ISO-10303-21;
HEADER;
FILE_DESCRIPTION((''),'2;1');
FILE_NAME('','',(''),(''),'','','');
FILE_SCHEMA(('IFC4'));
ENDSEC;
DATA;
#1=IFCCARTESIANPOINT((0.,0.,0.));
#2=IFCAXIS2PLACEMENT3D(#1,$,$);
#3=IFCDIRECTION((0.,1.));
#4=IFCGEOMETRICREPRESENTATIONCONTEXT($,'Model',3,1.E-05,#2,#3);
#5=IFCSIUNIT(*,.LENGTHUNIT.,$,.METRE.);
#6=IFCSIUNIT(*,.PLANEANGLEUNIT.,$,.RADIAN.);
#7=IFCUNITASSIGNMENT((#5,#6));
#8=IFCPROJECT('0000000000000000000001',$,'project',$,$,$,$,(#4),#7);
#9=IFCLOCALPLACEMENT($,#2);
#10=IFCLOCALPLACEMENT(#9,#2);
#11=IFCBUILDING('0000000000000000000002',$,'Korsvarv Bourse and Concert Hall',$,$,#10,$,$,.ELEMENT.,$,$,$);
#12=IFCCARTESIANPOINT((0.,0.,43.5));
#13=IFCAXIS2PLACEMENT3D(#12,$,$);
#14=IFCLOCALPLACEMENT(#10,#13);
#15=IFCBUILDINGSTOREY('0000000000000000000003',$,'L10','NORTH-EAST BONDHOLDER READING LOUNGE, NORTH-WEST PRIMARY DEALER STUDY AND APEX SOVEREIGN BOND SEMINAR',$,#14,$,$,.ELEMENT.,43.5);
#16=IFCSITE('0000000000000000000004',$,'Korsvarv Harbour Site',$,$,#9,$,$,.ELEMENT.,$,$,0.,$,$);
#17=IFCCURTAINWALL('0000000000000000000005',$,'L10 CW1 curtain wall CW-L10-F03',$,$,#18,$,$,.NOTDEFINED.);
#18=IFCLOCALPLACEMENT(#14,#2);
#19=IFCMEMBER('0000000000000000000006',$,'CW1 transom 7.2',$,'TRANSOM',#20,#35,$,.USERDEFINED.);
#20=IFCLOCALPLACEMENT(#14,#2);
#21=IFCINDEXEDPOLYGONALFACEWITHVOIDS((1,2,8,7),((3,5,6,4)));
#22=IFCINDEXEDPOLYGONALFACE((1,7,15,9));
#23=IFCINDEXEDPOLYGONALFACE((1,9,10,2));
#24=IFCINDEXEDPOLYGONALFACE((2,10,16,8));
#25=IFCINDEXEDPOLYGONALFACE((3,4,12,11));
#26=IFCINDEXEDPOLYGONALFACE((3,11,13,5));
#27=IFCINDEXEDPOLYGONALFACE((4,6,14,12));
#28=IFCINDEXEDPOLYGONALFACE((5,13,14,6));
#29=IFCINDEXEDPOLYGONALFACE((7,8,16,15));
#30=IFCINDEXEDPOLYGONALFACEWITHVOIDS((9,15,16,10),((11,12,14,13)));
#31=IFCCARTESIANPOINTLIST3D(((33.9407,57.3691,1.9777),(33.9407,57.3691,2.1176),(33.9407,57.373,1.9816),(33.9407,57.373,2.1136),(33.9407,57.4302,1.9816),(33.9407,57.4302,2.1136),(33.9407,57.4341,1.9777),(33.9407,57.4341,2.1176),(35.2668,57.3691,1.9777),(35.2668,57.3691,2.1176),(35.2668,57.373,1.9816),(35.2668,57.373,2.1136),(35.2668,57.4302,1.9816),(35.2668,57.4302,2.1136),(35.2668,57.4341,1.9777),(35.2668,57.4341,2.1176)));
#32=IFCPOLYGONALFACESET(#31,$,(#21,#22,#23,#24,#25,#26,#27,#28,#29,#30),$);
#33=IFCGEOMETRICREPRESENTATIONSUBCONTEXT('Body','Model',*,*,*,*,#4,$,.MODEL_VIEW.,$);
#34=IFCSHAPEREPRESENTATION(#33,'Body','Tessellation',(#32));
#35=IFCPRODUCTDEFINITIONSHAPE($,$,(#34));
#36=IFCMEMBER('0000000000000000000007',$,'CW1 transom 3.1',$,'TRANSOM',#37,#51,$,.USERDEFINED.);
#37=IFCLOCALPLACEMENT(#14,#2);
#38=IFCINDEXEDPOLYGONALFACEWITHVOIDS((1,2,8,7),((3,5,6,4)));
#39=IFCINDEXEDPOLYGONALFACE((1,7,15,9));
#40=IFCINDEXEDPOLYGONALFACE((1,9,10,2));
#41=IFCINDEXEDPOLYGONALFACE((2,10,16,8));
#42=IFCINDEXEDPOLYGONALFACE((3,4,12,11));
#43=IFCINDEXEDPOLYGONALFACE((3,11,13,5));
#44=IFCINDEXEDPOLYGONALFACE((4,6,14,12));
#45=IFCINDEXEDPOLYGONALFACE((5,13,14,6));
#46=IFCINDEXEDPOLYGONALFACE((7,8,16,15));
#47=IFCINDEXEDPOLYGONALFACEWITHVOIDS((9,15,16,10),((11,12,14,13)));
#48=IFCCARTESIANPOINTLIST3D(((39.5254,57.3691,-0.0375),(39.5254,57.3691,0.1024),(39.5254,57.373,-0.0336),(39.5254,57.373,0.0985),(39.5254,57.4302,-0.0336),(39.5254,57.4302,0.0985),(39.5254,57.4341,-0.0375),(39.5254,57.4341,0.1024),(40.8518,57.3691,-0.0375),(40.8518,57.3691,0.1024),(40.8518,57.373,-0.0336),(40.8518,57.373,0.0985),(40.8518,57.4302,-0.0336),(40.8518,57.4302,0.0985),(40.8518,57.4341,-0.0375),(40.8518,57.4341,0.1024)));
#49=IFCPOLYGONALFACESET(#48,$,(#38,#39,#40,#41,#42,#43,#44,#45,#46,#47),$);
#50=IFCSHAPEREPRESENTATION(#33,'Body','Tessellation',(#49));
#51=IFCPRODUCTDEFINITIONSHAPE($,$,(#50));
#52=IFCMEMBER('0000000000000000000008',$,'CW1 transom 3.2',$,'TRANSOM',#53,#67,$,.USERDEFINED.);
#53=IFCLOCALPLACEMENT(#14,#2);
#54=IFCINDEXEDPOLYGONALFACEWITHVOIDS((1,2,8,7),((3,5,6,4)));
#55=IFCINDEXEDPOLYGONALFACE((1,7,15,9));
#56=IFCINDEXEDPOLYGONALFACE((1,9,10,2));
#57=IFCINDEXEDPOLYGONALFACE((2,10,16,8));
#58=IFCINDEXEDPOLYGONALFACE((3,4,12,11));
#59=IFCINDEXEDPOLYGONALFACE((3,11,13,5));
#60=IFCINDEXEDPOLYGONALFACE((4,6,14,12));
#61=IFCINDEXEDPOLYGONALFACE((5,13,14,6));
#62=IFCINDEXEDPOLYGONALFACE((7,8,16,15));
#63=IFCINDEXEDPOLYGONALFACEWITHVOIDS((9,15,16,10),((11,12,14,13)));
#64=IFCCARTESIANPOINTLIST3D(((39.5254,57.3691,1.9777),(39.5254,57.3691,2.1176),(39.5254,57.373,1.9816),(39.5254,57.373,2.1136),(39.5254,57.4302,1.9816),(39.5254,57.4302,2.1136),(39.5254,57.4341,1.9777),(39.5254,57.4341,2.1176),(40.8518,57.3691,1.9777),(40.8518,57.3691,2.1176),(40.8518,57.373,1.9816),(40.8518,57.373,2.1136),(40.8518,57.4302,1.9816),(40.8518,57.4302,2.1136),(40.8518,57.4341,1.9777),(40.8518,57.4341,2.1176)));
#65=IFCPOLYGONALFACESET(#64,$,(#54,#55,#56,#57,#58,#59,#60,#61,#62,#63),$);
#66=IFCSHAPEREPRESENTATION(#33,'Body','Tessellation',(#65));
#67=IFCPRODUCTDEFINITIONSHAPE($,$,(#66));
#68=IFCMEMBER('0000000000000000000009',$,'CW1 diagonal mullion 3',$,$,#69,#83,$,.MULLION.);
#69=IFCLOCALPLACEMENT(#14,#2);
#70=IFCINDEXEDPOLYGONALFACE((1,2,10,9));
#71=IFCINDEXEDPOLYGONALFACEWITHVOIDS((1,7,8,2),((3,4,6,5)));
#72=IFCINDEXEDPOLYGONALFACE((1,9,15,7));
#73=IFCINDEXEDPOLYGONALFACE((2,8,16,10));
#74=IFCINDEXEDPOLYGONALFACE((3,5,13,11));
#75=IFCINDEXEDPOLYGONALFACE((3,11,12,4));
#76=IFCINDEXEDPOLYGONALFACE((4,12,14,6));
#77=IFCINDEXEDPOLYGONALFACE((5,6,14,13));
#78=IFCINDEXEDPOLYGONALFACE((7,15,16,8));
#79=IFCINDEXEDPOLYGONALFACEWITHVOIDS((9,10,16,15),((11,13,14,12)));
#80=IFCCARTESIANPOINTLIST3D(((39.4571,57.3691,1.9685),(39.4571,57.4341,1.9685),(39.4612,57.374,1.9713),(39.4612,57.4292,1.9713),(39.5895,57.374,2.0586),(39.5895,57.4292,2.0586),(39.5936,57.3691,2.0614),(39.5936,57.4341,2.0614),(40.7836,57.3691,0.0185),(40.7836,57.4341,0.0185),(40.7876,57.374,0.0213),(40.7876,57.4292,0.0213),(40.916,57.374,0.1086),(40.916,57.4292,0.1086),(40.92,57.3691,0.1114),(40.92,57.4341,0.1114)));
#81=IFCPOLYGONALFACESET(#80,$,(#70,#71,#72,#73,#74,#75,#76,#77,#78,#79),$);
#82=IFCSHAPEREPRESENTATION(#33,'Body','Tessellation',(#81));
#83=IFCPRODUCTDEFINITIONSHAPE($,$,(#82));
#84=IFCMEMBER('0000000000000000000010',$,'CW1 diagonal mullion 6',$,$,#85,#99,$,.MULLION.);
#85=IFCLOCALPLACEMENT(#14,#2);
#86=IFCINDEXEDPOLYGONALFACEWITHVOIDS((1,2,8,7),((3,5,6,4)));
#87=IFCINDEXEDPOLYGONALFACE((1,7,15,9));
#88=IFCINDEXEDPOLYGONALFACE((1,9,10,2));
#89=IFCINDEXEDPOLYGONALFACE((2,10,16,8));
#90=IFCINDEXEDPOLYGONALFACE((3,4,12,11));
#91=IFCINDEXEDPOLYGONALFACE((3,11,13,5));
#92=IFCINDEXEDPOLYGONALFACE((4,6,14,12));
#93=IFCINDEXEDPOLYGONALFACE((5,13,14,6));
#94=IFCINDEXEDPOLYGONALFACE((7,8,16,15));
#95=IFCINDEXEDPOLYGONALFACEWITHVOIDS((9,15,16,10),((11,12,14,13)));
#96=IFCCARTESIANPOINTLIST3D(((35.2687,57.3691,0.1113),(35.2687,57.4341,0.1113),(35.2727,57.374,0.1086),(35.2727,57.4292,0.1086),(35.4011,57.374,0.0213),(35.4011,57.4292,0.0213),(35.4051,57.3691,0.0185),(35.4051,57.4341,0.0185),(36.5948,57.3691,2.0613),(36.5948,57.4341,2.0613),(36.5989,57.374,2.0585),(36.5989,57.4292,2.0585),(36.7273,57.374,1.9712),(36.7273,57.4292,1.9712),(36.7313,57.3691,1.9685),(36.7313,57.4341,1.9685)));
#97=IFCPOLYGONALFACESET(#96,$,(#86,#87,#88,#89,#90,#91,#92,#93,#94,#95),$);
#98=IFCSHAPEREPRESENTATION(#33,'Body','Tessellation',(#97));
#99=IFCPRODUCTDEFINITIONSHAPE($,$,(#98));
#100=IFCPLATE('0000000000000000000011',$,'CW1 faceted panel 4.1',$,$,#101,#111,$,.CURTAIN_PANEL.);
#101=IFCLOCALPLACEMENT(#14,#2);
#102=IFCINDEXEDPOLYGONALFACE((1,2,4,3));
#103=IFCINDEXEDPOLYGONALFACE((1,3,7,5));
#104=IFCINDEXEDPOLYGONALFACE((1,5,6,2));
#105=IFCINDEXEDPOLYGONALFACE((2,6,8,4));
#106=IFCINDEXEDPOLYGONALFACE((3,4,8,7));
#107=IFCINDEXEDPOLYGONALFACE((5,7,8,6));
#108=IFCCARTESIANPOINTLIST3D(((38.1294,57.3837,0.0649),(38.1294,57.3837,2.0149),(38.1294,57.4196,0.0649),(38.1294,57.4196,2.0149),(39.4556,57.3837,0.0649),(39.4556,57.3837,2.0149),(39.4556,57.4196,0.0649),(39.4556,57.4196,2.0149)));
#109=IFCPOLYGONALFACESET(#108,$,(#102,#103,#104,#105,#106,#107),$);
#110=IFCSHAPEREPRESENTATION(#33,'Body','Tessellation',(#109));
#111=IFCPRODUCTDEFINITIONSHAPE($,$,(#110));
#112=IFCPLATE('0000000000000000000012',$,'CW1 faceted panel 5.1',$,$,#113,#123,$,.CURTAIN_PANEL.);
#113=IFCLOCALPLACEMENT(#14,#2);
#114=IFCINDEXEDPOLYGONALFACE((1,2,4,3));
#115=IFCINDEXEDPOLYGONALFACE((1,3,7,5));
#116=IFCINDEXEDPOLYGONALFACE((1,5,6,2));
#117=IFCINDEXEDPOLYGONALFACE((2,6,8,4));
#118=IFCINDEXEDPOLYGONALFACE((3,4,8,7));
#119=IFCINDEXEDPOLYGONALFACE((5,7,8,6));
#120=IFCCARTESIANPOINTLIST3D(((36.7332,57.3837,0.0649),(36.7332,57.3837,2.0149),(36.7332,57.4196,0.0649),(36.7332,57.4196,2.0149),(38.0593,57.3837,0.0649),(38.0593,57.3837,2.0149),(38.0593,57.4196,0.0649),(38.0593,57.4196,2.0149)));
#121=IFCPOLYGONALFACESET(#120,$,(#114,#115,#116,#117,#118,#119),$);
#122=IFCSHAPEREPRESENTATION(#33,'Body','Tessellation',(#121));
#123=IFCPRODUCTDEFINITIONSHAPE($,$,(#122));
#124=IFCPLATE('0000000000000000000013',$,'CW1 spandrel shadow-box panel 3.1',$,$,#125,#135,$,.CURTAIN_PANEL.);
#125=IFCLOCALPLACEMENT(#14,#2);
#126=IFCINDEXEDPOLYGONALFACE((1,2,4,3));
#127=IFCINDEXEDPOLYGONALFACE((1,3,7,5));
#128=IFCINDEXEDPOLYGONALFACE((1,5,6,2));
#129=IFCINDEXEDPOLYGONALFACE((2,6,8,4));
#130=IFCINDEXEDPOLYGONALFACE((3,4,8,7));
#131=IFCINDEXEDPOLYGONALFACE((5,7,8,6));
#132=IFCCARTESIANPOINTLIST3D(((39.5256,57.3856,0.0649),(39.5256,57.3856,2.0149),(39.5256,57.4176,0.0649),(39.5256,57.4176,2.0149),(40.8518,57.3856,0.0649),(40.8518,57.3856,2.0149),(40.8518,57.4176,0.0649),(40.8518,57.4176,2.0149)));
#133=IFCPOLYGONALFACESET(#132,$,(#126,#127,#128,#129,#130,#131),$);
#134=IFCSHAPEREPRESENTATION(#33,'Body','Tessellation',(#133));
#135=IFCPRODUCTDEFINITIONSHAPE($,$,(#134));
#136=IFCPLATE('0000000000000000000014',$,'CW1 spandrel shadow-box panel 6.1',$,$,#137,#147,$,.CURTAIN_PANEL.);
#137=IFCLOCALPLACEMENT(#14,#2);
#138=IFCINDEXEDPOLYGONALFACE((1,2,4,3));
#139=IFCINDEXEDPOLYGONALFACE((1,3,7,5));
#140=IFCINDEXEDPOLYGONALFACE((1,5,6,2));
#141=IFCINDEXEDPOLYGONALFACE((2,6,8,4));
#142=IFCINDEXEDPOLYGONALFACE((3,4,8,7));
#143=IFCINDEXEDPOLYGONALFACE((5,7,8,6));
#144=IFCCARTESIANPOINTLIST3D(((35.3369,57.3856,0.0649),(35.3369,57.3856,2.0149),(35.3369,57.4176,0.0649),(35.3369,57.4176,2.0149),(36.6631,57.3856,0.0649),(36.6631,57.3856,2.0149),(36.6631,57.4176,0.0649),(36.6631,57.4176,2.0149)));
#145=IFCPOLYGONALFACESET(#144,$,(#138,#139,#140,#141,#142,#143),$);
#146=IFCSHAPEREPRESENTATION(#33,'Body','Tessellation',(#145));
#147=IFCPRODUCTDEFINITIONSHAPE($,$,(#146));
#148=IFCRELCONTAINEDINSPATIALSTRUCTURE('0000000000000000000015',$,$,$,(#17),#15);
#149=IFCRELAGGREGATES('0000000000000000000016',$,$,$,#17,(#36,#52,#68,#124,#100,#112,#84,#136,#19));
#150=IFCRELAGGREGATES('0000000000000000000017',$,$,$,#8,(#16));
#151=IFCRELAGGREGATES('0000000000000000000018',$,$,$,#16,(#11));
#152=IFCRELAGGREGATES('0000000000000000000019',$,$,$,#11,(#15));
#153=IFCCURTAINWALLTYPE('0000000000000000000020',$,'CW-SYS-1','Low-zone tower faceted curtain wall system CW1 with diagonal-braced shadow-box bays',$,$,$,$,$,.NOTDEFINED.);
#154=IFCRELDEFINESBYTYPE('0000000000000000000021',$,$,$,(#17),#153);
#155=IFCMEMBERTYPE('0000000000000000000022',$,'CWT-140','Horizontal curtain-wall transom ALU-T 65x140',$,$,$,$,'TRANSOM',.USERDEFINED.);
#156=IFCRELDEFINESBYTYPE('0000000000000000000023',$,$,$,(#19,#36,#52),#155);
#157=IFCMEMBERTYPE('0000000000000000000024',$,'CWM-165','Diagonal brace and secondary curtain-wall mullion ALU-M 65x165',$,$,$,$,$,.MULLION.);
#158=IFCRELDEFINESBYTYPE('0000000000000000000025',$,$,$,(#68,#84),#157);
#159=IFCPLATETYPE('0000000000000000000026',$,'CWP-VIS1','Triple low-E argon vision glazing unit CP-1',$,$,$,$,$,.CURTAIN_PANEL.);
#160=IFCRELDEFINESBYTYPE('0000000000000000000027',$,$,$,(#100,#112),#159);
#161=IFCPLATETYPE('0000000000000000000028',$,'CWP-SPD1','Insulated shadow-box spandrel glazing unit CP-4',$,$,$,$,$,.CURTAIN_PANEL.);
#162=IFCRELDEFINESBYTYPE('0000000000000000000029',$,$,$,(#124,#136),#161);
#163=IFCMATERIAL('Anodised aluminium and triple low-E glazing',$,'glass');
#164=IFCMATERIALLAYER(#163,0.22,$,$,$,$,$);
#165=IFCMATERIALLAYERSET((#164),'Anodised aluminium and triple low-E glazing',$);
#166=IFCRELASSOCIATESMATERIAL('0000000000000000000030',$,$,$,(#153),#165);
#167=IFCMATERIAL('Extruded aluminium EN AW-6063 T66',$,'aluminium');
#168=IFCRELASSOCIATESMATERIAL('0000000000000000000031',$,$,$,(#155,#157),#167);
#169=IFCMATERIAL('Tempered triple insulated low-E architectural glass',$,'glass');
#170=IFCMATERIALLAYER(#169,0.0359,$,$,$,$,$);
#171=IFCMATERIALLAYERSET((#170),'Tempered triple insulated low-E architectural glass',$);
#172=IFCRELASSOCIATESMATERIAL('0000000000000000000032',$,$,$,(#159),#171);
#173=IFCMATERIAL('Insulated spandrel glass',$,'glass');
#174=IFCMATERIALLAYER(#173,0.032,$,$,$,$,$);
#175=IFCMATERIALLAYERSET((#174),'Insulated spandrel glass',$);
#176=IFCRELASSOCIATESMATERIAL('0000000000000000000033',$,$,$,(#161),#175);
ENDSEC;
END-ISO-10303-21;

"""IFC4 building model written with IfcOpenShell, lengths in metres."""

from ifc_helpers import new_model, si_unit, direction, frame, origin, origin_2d, place, context, subcontext, project, spatial, rectangle, hollow_rectangle, extrude, source, transform, mapped, material, layer, layer_set, material_profile, profile_set, type_object, element, aggregate, save


model = new_model("IFC4")

# Units and contexts
model_context = context("Model", 3, precision=1e-05, world=origin(), true_north=direction((0.0, 1.0)))
body_context = subcontext(model_context, "Body", "Model", "MODEL_VIEW")
ifc_project = project(units=[si_unit("LENGTHUNIT", "METRE"), si_unit("PLANEANGLEUNIT", "RADIAN")], contexts=[model_context])

# Site, building, storey
site_placement = place(None, origin())
site = spatial("IfcSite", under=ifc_project, at=site_placement, Name="Korsvarv Harbour Site", CompositionType="ELEMENT", RefElevation=0.0)
building_placement = place(site_placement, origin())
building = spatial("IfcBuilding", under=site, at=building_placement, Name="Korsvarv Bourse and Concert Hall", CompositionType="ELEMENT")
storey_placement = place(building_placement, frame((0.0, 0.0, 43.5)))
storey = spatial("IfcBuildingStorey", under=building, at=storey_placement, Name="L10", Description="NORTH-EAST BONDHOLDER READING LOUNGE, NORTH-WEST PRIMARY DEALER STUDY AND APEX SOVEREIGN BOND SEMINAR", CompositionType="ELEMENT", Elevation=43.5)

# Curtain wall, members, plates
ifc_material_1 = material(Name="Anodised aluminium and triple low-E glazing", Category="glass")
ifc_layer_1 = layer(ifc_material_1, 0.22)
ifc_layer_set_1 = layer_set([ifc_layer_1], Name="Anodised aluminium and triple low-E glazing")
curtain_wall_type = type_object("IfcCurtainWallType", Name="CW-SYS-1", Description="Low-zone tower faceted curtain wall system CW1 with diagonal-braced shadow-box bays", PredefinedType="NOTDEFINED", material=ifc_layer_set_1)
curtain_wall_placement = place(storey_placement, origin())
curtain_wall = element("IfcCurtainWall", 1, at=curtain_wall_placement, inside=storey, type_object=curtain_wall_type, Name="L10 CW1 curtain wall CW-L10-F03", PredefinedType="NOTDEFINED")
ifc_material_2 = material(Name="Extruded aluminium EN AW-6063 T66", Category="aluminium")
ifc_material_profile_1 = material_profile(ifc_material_2, hollow_rectangle(XDim=0.0649, YDim=0.1399, WallThickness=0.0039, at=origin_2d()), Name="ALU-T 65x140")
ifc_profile_set_1 = profile_set([ifc_material_profile_1], Name="Extruded aluminium EN AW-6063 T66")
member_type_1 = type_object("IfcMemberType", Name="CWT-140", Description="Horizontal curtain-wall transom ALU-T 65x140", ElementType="TRANSOM", PredefinedType="USERDEFINED", material=ifc_profile_set_1)
shared_shape_1 = source(origin(), body_context, "Body", "SweptSolid", [
    extrude(hollow_rectangle(XDim=0.0649, YDim=0.1399, WallThickness=0.0039, at=origin_2d()), origin(), (0.0, 0.0, 1.0), 1.3262),
])
member_1_placement = place(storey_placement, frame((35.2668, 57.4016, 2.0476), z_axis=(-1.0, 0.0, 0.0), x_axis=(0.0, -1.0, 0.0)))
member_1 = element("IfcMember", 2, at=member_1_placement, type_object=member_type_1, Name="CW1 transom 7.2", ObjectType="TRANSOM", PredefinedType="USERDEFINED", context=body_context, shape_type="MappedRepresentation", body=[
    mapped(shared_shape_1, transform((0.0, 0.0, 0.0), scale=1.0)),
])
shared_shape_2 = source(origin(), body_context, "Body", "SweptSolid", [
    extrude(hollow_rectangle(XDim=0.0649, YDim=0.1399, WallThickness=0.0039, at=origin_2d()), origin(), (0.0, 0.0, 1.0), 1.3264),
])
member_2_placement = place(storey_placement, frame((40.8518, 57.4016, 0.0325), z_axis=(-1.0, 0.0, 0.0), x_axis=(0.0, -1.0, 0.0)))
member_2 = element("IfcMember", 3, at=member_2_placement, type_object=member_type_1, Name="CW1 transom 3.1", ObjectType="TRANSOM", PredefinedType="USERDEFINED", context=body_context, shape_type="MappedRepresentation", body=[
    mapped(shared_shape_2, transform((0.0, 0.0, 0.0), scale=1.0)),
])
member_3_placement = place(storey_placement, frame((40.8518, 57.4016, 2.0476), z_axis=(-1.0, 0.0, 0.0), x_axis=(0.0, -1.0, 0.0)))
member_3 = element("IfcMember", 4, at=member_3_placement, type_object=member_type_1, Name="CW1 transom 3.2", ObjectType="TRANSOM", PredefinedType="USERDEFINED", context=body_context, shape_type="MappedRepresentation", body=[
    mapped(shared_shape_2, transform((0.0, 0.0, 0.0), scale=1.0)),
])
ifc_material_profile_2 = material_profile(ifc_material_2, hollow_rectangle(XDim=0.0649, YDim=0.165, WallThickness=0.0049, at=origin_2d()), Name="ALU-M 65x165")
ifc_profile_set_2 = profile_set([ifc_material_profile_2], Name="Extruded aluminium EN AW-6063 T66")
member_type_2 = type_object("IfcMemberType", Name="CWM-165", Description="Diagonal brace and secondary curtain-wall mullion ALU-M 65x165", PredefinedType="MULLION", material=ifc_profile_set_2)
shared_shape_3 = source(origin(), body_context, "Body", "SweptSolid", [
    extrude(hollow_rectangle(XDim=0.0649, YDim=0.165, WallThickness=0.0049, at=origin_2d()), origin(), (0.0, 0.0, 1.0), 2.3584),
])
member_4_placement = place(storey_placement, frame((40.8518, 57.4016, 0.0649), z_axis=(-0.56244, 0.0, 0.826838), x_axis=(0.0, -1.0, 0.0)))
member_4 = element("IfcMember", 5, at=member_4_placement, type_object=member_type_2, Name="CW1 diagonal mullion 3", PredefinedType="MULLION", context=body_context, shape_type="MappedRepresentation", body=[
    mapped(shared_shape_3, transform((0.0, 0.0, 0.0), scale=1.0)),
])
shared_shape_4 = source(origin(), body_context, "Body", "SweptSolid", [
    extrude(hollow_rectangle(XDim=0.0649, YDim=0.165, WallThickness=0.0049, at=origin_2d()), origin(), (0.0, 0.0, 1.0), 2.3582),
])
member_5_placement = place(storey_placement, frame((35.3369, 57.4016, 0.0649), z_axis=(0.562369, 0.0, 0.826886), x_axis=(0.0, 1.0, 0.0)))
member_5 = element("IfcMember", 6, at=member_5_placement, type_object=member_type_2, Name="CW1 diagonal mullion 6", PredefinedType="MULLION", context=body_context, shape_type="MappedRepresentation", body=[
    mapped(shared_shape_4, transform((0.0, 0.0, 0.0), scale=1.0)),
])
ifc_material_3 = material(Name="Tempered triple insulated low-E architectural glass", Category="glass")
ifc_layer_2 = layer(ifc_material_3, 0.0359)
ifc_layer_set_2 = layer_set([ifc_layer_2], Name="Tempered triple insulated low-E architectural glass")
plate_type_1 = type_object("IfcPlateType", Name="CWP-VIS1", Description="Triple low-E argon vision glazing unit CP-1", PredefinedType="CURTAIN_PANEL", material=ifc_layer_set_2)
shared_shape_5 = source(origin(), body_context, "Body", "SweptSolid", [
    extrude(rectangle(XDim=1.3262, YDim=0.0359, at=origin_2d()), origin(), (0.0, 0.0, 1.0), 1.95),
])
plate_1_placement = place(storey_placement, frame((38.7925, 57.4016, 0.0649), z_axis=(0.0, 0.0, 1.0), x_axis=(-1.0, 0.0, 0.0)))
plate_1 = element("IfcPlate", 7, at=plate_1_placement, type_object=plate_type_1, Name="CW1 faceted panel 4.1", PredefinedType="CURTAIN_PANEL", context=body_context, shape_type="MappedRepresentation", body=[
    mapped(shared_shape_5, transform((0.0, 0.0, 0.0), scale=1.0)),
])
plate_2_placement = place(storey_placement, frame((37.3962, 57.4016, 0.0649), z_axis=(0.0, 0.0, 1.0), x_axis=(-1.0, 0.0, 0.0)))
plate_2 = element("IfcPlate", 8, at=plate_2_placement, type_object=plate_type_1, Name="CW1 faceted panel 5.1", PredefinedType="CURTAIN_PANEL", context=body_context, shape_type="MappedRepresentation", body=[
    mapped(shared_shape_5, transform((0.0, 0.0, 0.0), scale=1.0)),
])
ifc_material_4 = material(Name="Insulated spandrel glass", Category="glass")
ifc_layer_3 = layer(ifc_material_4, 0.032)
ifc_layer_set_3 = layer_set([ifc_layer_3], Name="Insulated spandrel glass")
plate_type_2 = type_object("IfcPlateType", Name="CWP-SPD1", Description="Insulated shadow-box spandrel glazing unit CP-4", PredefinedType="CURTAIN_PANEL", material=ifc_layer_set_3)
shared_shape_6 = source(origin(), body_context, "Body", "SweptSolid", [
    extrude(rectangle(XDim=1.3262, YDim=0.032, at=origin_2d()), origin(), (0.0, 0.0, 1.0), 1.95),
])
plate_3_placement = place(storey_placement, frame((40.1887, 57.4016, 0.0649), z_axis=(0.0, 0.0, 1.0), x_axis=(-1.0, 0.0, 0.0)))
plate_3 = element("IfcPlate", 9, at=plate_3_placement, type_object=plate_type_2, Name="CW1 spandrel shadow-box panel 3.1", PredefinedType="CURTAIN_PANEL", context=body_context, shape_type="MappedRepresentation", body=[
    mapped(shared_shape_6, transform((0.0, 0.0, 0.0), scale=1.0)),
])
plate_4_placement = place(storey_placement, frame((36.0, 57.4016, 0.0649), z_axis=(0.0, 0.0, 1.0), x_axis=(-1.0, 0.0, 0.0)))
plate_4 = element("IfcPlate", 10, at=plate_4_placement, type_object=plate_type_2, Name="CW1 spandrel shadow-box panel 6.1", PredefinedType="CURTAIN_PANEL", context=body_context, shape_type="MappedRepresentation", body=[
    mapped(shared_shape_6, transform((0.0, 0.0, 0.0), scale=1.0)),
])
aggregate(curtain_wall, [member_2, member_3, member_4, plate_3, plate_1, plate_2, member_5, plate_4, member_1])

save(model, "model.ifc")
